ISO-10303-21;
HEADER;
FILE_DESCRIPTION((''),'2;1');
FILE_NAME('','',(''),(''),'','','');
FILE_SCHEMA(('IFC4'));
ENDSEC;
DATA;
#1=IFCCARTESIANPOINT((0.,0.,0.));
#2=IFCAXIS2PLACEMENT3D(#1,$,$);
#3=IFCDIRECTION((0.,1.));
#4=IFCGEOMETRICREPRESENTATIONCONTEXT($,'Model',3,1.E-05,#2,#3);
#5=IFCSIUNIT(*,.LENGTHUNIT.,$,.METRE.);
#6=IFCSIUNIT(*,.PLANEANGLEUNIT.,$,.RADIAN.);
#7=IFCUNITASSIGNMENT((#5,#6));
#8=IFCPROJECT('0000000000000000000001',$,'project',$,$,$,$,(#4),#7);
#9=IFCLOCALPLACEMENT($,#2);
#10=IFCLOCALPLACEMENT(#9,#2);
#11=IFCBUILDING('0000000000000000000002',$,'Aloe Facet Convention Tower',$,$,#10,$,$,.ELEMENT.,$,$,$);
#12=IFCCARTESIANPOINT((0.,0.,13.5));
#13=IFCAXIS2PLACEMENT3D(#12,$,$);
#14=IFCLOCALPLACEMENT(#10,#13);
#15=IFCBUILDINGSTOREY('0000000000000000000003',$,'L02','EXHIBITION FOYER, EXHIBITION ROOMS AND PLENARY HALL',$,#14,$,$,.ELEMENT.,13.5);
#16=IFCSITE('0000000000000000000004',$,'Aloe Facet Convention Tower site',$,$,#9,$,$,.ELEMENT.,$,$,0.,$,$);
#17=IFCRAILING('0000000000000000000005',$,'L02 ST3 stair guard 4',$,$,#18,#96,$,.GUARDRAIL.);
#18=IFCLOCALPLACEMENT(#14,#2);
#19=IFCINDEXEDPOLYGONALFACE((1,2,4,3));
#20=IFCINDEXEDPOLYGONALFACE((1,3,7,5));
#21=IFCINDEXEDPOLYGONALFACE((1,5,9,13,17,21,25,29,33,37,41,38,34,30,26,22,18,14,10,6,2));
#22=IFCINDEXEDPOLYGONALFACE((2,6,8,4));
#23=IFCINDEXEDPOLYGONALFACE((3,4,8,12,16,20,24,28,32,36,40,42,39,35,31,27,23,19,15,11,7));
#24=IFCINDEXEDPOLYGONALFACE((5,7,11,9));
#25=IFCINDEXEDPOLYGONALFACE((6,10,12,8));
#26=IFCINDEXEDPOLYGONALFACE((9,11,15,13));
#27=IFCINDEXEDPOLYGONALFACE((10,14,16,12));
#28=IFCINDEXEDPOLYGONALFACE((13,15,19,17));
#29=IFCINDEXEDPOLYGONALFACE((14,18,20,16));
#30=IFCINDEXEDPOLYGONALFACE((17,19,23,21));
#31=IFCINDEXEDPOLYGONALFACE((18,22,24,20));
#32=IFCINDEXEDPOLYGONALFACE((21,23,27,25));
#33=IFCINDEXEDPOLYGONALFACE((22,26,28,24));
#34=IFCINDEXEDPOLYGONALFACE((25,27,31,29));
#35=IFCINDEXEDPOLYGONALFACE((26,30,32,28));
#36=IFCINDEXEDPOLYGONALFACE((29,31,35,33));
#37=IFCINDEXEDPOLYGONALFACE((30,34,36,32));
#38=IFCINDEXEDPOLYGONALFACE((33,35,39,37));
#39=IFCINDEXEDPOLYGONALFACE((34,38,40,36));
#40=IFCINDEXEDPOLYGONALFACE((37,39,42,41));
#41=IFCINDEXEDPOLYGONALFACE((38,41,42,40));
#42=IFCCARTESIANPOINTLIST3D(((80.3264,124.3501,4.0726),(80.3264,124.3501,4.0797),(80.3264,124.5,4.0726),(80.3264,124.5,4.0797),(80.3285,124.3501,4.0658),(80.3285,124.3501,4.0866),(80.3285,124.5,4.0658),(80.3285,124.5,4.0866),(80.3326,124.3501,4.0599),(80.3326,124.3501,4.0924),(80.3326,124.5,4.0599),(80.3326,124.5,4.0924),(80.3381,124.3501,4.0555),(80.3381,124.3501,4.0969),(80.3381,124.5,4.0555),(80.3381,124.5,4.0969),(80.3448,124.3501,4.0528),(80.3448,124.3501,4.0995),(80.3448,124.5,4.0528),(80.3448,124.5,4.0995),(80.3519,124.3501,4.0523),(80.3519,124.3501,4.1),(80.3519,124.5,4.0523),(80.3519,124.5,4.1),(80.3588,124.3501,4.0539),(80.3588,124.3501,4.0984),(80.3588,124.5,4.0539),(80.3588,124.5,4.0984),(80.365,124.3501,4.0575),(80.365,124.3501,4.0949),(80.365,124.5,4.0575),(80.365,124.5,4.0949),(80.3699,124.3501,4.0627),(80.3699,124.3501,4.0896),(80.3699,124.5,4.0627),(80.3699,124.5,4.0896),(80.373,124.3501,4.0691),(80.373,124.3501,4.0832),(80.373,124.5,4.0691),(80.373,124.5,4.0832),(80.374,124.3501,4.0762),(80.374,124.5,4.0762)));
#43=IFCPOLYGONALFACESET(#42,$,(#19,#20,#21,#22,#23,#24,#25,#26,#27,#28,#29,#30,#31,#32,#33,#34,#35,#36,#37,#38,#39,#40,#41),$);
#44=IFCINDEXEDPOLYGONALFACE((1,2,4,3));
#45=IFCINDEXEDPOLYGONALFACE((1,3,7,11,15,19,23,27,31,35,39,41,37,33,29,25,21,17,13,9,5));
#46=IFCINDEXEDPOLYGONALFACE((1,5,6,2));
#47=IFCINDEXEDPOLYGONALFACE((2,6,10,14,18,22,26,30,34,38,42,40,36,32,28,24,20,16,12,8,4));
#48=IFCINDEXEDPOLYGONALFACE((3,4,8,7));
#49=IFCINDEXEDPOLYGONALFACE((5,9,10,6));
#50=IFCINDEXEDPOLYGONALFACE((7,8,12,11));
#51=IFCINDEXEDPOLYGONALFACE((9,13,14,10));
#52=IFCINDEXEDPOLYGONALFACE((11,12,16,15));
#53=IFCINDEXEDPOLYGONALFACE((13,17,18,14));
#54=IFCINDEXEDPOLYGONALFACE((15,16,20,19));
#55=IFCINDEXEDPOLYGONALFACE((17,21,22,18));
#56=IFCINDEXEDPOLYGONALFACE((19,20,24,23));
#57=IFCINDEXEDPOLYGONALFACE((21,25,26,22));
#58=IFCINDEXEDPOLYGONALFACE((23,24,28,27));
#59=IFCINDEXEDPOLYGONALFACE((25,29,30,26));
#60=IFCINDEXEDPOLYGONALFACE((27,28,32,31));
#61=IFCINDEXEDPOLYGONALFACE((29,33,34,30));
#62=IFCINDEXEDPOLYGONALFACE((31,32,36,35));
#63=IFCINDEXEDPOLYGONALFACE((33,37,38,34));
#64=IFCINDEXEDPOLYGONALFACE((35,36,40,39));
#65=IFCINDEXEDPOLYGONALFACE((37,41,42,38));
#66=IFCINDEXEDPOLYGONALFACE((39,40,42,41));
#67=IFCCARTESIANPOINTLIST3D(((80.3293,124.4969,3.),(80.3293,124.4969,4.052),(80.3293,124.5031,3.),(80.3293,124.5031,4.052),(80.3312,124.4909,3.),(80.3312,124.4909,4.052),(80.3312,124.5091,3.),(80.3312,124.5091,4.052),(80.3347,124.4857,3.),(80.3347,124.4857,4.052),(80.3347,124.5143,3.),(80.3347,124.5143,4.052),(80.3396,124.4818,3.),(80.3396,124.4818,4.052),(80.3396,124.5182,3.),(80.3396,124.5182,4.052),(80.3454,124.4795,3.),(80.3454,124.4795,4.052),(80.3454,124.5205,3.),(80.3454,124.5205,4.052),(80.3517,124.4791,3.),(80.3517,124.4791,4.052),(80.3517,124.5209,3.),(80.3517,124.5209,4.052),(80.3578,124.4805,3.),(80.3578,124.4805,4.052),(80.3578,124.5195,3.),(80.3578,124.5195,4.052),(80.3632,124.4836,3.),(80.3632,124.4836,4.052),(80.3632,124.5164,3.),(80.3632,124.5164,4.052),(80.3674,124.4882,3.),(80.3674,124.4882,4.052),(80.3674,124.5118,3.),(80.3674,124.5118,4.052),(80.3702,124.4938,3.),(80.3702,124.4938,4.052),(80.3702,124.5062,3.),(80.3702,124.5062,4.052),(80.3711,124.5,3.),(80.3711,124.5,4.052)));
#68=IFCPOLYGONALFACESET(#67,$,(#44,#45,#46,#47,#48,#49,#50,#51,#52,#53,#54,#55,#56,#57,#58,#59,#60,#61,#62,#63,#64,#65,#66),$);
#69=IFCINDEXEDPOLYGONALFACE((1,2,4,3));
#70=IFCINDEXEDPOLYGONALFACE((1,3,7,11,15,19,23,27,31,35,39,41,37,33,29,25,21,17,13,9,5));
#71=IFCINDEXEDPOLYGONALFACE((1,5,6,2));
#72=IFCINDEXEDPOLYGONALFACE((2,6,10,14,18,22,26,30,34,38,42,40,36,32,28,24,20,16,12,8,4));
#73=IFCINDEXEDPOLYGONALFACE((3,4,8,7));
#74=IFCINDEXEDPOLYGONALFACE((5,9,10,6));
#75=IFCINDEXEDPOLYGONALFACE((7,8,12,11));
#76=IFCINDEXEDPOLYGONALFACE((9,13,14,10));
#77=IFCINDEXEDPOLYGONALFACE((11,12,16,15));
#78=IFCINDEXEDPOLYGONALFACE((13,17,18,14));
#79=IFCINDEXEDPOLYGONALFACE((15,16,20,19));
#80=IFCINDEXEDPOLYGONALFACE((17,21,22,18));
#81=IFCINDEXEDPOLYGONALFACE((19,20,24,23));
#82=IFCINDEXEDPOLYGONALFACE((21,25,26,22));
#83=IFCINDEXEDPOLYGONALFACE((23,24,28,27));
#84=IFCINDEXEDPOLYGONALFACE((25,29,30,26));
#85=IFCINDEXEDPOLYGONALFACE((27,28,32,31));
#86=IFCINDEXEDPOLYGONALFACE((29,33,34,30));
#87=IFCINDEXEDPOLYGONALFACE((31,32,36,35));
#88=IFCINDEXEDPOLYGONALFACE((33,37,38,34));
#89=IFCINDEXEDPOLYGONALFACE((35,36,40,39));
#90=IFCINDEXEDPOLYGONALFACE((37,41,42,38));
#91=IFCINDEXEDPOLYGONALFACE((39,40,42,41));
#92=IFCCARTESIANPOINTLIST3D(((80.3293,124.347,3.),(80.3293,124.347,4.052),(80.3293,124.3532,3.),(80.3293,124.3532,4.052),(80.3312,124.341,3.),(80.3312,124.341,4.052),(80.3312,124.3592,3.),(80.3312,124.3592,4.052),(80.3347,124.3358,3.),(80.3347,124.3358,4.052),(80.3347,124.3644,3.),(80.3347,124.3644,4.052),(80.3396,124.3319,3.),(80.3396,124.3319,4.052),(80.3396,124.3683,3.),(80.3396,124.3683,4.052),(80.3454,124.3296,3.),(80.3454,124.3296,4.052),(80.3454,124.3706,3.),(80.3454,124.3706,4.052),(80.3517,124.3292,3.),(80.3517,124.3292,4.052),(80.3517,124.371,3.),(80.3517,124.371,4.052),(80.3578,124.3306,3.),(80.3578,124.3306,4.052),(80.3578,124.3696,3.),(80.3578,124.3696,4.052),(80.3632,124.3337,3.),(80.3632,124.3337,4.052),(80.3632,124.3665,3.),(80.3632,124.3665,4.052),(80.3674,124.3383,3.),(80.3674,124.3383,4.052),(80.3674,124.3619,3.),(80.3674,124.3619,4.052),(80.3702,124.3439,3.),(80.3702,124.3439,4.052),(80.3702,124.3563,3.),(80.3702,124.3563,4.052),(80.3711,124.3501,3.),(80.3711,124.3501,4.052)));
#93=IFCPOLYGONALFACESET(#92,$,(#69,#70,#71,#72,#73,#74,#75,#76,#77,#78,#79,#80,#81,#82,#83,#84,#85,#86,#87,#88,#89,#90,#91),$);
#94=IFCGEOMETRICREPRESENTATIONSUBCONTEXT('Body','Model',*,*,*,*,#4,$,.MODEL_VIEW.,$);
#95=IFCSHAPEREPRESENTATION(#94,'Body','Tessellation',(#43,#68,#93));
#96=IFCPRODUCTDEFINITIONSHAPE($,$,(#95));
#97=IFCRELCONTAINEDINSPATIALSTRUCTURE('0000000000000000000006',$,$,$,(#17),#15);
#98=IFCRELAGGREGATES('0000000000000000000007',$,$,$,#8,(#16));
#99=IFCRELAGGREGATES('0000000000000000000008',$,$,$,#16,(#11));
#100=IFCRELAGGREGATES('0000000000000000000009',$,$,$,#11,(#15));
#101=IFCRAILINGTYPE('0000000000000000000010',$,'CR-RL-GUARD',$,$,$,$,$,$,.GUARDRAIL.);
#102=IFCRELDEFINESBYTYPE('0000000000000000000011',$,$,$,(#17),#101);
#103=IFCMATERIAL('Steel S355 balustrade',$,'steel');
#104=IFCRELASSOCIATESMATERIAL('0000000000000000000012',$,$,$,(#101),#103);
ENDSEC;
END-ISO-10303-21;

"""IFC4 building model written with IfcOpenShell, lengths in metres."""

from ifc_helpers import new_model, si_unit, direction, frame, origin, origin_2d, place, context, subcontext, project, spatial, circle, extrude, material, type_object, element, save


model = new_model("IFC4")

# Units and contexts
model_context = context("Model", 3, precision=1e-05, world=origin(), true_north=direction((0.0, 1.0)))
body_context = subcontext(model_context, "Body", "Model", "MODEL_VIEW")
ifc_project = project(units=[si_unit("LENGTHUNIT", "METRE"), si_unit("PLANEANGLEUNIT", "RADIAN")], contexts=[model_context])

# Site, building, storey
site_placement = place(None, origin())
site = spatial("IfcSite", under=ifc_project, at=site_placement, Name="Aloe Facet Convention Tower site", CompositionType="ELEMENT", RefElevation=0.0)
building_placement = place(site_placement, origin())
building = spatial("IfcBuilding", under=site, at=building_placement, Name="Aloe Facet Convention Tower", CompositionType="ELEMENT")
storey_placement = place(building_placement, frame((0.0, 0.0, 13.5)))
storey = spatial("IfcBuildingStorey", under=building, at=storey_placement, Name="L02", Description="EXHIBITION FOYER, EXHIBITION ROOMS AND PLENARY HALL", CompositionType="ELEMENT", Elevation=13.5)

# Railing
ifc_material_1 = material(Name="Steel S355 balustrade", Category="steel")
railing_type_1 = type_object("IfcRailingType", Name="CR-RL-GUARD", PredefinedType="GUARDRAIL", material=ifc_material_1)
railing_1_placement = place(storey_placement, frame((80.3501, 124.5, 3.0)))
element("IfcRailing", 1, at=railing_1_placement, inside=storey, type_object=railing_type_1, Name="L02 ST3 stair guard 4", PredefinedType="GUARDRAIL", context=body_context, shape_type="SweptSolid", body=[
    extrude(circle(Radius=0.0239, at=origin_2d()), frame((0.0, 0.0, 1.0762), z_axis=(0.0, -1.0, 0.0), x_axis=(1.0, 0.0, 0.0)), (0.0, 0.0, 1.0), 0.1499),
    extrude(circle(Radius=0.021, at=origin_2d()), origin(), (0.0, 0.0, 1.0), 1.052),
    extrude(circle(Radius=0.021, at=origin_2d()), frame((0.0, -0.1499, 0.0)), (0.0, 0.0, 1.0), 1.052),
])

save(model, "model.ifc")
